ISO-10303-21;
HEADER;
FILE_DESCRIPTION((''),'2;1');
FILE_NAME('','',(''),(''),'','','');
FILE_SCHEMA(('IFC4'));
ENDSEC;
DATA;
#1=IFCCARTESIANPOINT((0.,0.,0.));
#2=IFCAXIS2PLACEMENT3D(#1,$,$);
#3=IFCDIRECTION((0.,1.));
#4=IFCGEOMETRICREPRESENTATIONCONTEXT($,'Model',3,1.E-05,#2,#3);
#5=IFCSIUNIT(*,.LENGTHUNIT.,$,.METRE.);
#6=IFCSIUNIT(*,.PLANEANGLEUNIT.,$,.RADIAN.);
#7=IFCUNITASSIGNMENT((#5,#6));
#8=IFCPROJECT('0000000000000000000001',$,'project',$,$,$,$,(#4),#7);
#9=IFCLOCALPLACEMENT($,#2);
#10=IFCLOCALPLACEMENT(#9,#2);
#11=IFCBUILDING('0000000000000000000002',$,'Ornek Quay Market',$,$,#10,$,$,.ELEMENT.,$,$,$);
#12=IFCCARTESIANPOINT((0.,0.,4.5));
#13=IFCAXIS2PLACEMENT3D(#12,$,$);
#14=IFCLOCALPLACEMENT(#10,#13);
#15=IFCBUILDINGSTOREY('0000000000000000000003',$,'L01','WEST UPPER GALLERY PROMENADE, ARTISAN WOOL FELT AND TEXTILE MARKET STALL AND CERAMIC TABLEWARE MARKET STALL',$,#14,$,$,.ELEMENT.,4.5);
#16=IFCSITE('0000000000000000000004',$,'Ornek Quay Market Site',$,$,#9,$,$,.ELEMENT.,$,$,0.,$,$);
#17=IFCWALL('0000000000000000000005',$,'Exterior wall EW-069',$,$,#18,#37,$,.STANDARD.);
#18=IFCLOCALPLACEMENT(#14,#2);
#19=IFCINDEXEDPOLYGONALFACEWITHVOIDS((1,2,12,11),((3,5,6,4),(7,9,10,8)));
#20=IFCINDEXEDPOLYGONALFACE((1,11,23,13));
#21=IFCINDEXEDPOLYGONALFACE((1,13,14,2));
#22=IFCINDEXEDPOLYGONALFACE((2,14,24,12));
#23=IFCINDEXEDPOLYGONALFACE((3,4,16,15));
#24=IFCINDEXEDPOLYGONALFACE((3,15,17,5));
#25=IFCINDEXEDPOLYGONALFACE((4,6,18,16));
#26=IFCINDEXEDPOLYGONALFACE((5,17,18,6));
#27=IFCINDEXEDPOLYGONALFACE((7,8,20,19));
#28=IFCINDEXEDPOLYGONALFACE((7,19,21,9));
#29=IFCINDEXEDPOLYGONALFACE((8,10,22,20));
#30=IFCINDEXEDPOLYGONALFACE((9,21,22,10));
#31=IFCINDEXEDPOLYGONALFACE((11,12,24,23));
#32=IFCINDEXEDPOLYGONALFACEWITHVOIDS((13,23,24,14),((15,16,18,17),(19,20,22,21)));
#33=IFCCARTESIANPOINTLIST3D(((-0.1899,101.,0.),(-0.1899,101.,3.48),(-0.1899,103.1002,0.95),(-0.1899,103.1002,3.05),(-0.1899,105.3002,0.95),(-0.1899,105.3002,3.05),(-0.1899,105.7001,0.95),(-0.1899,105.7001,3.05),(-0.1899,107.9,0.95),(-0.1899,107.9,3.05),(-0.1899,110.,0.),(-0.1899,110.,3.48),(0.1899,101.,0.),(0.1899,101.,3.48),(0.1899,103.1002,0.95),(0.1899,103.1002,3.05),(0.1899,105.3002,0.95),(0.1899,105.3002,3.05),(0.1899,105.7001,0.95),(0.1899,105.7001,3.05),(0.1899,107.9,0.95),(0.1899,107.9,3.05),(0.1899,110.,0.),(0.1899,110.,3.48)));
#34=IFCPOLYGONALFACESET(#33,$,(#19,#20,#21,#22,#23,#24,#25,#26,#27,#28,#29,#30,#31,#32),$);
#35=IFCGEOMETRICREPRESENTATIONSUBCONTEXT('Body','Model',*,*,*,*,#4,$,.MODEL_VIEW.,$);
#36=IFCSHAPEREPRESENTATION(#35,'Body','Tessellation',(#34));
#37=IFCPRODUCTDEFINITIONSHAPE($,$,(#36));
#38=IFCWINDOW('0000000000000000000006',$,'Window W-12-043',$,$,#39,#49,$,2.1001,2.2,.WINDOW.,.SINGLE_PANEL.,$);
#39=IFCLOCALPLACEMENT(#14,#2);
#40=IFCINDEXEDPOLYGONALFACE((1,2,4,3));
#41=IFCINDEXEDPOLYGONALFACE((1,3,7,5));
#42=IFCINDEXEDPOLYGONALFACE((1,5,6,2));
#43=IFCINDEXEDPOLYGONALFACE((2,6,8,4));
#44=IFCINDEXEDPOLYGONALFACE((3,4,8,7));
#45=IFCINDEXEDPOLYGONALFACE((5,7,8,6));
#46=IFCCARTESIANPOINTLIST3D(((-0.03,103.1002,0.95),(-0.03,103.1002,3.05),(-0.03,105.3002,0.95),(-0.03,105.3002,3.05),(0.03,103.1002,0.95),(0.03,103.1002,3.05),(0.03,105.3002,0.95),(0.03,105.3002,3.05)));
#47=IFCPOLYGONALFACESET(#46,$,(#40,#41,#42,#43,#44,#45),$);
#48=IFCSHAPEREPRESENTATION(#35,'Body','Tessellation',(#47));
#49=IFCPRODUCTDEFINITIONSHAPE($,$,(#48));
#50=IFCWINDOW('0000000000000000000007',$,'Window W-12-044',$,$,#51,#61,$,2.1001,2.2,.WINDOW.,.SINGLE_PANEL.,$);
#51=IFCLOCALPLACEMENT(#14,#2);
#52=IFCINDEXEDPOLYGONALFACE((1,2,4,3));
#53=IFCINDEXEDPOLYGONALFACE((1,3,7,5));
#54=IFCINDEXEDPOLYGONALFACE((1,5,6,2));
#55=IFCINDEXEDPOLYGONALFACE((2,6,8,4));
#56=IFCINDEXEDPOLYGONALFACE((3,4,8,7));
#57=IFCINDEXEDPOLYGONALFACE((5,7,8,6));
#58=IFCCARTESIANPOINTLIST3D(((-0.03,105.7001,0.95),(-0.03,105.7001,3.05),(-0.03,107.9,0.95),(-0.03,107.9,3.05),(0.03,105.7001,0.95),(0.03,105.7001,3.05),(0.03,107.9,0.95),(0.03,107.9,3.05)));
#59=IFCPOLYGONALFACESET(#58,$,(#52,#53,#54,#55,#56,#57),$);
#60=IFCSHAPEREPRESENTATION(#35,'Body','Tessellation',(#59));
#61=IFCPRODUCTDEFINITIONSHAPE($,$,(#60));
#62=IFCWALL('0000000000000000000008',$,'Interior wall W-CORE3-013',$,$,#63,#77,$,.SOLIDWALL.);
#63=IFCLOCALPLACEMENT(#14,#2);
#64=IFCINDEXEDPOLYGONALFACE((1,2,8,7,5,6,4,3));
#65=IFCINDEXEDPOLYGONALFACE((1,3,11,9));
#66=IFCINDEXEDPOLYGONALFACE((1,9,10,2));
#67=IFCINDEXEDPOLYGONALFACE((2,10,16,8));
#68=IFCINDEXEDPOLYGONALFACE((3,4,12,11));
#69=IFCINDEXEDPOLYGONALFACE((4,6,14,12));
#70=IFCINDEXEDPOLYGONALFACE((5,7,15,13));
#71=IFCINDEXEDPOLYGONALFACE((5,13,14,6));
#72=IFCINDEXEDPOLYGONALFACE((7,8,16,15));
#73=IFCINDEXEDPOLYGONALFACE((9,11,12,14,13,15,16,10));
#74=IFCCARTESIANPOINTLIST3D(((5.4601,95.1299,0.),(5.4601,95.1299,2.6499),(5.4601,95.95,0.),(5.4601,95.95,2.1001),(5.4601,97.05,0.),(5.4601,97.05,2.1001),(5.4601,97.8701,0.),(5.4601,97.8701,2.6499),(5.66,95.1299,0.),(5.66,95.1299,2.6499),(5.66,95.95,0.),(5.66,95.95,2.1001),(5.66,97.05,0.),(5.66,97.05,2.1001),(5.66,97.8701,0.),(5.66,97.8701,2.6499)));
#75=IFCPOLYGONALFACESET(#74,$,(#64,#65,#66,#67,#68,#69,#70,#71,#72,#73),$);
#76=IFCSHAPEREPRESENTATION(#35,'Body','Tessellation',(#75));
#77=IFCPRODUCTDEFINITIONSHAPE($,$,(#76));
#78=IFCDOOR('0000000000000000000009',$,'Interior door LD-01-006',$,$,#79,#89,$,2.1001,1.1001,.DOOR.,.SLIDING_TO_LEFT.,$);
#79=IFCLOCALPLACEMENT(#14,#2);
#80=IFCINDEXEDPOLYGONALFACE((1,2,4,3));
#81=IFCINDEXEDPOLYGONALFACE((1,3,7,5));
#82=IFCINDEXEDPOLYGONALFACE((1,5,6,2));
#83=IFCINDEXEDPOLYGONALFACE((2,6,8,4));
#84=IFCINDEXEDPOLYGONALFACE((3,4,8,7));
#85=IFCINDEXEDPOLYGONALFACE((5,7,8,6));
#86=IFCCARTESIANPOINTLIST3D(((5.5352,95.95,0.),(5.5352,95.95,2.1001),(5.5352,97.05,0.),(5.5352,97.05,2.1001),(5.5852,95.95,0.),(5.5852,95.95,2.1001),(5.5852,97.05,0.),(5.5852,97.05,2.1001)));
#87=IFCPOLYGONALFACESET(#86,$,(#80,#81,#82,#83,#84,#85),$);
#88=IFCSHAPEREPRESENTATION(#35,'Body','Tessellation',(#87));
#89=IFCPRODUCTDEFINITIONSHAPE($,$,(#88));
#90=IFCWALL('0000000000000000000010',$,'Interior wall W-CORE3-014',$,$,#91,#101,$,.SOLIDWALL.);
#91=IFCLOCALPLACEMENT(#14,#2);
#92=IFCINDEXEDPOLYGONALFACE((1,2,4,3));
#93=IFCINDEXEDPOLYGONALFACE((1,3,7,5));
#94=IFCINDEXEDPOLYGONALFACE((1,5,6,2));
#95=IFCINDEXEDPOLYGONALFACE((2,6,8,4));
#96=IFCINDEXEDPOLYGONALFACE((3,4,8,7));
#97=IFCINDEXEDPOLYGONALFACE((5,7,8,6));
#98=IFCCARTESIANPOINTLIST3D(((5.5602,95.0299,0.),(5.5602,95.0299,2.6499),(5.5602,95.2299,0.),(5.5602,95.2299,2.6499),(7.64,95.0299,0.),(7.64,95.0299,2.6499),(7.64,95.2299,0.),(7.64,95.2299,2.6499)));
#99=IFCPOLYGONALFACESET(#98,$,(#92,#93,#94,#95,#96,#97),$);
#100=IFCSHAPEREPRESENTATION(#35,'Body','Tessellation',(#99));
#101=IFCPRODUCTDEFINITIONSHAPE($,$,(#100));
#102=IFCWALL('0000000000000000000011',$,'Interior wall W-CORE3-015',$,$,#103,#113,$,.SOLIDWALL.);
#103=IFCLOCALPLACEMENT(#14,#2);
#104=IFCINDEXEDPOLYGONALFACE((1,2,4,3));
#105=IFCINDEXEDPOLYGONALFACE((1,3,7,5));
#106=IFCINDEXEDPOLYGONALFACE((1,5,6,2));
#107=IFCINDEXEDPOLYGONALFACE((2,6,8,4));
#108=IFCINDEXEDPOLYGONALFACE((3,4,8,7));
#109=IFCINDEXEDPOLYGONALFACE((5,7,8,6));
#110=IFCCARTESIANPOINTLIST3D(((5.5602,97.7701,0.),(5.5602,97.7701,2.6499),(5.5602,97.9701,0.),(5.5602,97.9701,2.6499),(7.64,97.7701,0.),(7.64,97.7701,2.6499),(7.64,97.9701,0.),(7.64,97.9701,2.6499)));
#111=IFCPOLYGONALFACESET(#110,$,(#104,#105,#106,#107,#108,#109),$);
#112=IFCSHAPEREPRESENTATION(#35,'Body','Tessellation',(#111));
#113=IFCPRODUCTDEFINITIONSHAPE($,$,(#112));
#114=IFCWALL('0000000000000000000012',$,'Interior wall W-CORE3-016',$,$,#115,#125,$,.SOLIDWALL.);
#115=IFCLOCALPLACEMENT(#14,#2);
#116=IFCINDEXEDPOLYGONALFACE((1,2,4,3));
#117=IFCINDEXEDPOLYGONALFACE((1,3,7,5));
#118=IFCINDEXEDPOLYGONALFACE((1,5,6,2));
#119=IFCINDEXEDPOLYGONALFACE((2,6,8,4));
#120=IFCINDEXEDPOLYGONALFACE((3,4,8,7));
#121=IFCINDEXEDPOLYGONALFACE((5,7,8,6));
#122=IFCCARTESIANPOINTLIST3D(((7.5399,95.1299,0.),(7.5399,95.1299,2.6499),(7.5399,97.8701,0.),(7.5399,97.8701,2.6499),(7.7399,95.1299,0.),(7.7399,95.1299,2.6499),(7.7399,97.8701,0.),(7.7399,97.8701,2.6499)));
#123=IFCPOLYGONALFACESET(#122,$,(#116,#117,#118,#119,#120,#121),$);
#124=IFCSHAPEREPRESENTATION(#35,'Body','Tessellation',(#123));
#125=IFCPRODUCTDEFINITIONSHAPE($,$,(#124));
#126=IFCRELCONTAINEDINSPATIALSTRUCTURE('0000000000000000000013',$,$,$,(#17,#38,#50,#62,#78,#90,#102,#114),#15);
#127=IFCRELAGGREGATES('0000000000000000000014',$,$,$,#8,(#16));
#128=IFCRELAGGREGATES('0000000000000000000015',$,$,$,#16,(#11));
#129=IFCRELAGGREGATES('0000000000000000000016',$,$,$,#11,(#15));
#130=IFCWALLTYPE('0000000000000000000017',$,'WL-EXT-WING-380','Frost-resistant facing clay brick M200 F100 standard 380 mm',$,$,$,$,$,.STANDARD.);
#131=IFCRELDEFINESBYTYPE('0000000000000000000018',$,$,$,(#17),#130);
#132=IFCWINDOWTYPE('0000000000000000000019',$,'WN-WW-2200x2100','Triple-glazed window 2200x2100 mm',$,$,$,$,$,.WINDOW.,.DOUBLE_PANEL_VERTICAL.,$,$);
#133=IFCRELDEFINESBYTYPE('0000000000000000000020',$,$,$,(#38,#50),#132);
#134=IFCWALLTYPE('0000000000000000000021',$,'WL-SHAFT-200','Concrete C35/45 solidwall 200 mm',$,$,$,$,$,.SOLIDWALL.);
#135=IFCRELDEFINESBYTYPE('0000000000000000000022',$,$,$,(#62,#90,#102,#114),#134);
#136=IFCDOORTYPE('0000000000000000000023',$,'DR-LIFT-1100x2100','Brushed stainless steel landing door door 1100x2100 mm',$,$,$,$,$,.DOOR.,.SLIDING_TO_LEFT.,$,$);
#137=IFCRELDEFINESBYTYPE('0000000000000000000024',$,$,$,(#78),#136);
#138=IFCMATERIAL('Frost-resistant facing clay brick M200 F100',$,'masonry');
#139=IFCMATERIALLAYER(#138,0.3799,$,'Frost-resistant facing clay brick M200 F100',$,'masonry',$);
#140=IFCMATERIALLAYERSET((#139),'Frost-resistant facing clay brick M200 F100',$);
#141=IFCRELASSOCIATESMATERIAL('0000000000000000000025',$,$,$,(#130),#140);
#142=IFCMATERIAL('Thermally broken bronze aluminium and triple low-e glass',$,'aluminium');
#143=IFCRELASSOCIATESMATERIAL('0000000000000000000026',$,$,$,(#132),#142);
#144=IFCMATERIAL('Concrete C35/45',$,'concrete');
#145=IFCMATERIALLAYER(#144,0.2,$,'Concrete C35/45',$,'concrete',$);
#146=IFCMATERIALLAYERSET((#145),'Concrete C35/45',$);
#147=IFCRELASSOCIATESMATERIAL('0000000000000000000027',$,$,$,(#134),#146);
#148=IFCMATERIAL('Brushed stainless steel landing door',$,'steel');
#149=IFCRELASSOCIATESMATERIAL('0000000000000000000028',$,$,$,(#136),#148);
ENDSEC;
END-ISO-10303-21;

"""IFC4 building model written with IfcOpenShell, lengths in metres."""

from ifc_helpers import new_model, si_unit, direction, frame, frame_2d, origin, place, context, subcontext, project, spatial, rectangle, extrude, material, layer, layer_set, type_object, element, fill, save


model = new_model("IFC4")

# Units and contexts
model_context = context("Model", 3, precision=1e-05, world=origin(), true_north=direction((0.0, 1.0)))
body_context = subcontext(model_context, "Body", "Model", "MODEL_VIEW")
ifc_project = project(units=[si_unit("LENGTHUNIT", "METRE"), si_unit("PLANEANGLEUNIT", "RADIAN")], contexts=[model_context])

# Site, building, storey
site_placement = place(None, origin())
site = spatial("IfcSite", under=ifc_project, at=site_placement, Name="Ornek Quay Market Site", CompositionType="ELEMENT", RefElevation=0.0)
building_placement = place(site_placement, origin())
building = spatial("IfcBuilding", under=site, at=building_placement, Name="Ornek Quay Market", CompositionType="ELEMENT")
storey_placement = place(building_placement, frame((0.0, 0.0, 4.5)))
storey = spatial("IfcBuildingStorey", under=building, at=storey_placement, Name="L01", Description="WEST UPPER GALLERY PROMENADE, ARTISAN WOOL FELT AND TEXTILE MARKET STALL AND CERAMIC TABLEWARE MARKET STALL", CompositionType="ELEMENT", Elevation=4.5)

# Shared definitions
ifc_material_1 = material(Name="Concrete C35/45", Category="concrete")

# Shared definitions
ifc_material_2 = material(Name="Frost-resistant facing clay brick M200 F100", Category="masonry")
ifc_layer_1 = layer(ifc_material_2, 0.3799, Name="Frost-resistant facing clay brick M200 F100", Category="masonry")
ifc_layer_set_1 = layer_set([ifc_layer_1], Name="Frost-resistant facing clay brick M200 F100")
wall_type_1 = type_object("IfcWallType", Name="WL-EXT-WING-380", Description="Frost-resistant facing clay brick M200 F100 standard 380 mm", PredefinedType="STANDARD", material=ifc_layer_set_1)
ifc_material_3 = material(Name="Thermally broken bronze aluminium and triple low-e glass", Category="aluminium")

# Wall, openings, windows
wall_1_placement = place(storey_placement, frame((0.0, 101.0, 0.0), z_axis=(0.0, 0.0, 1.0), x_axis=(0.0, 1.0, 0.0)))
wall_1 = element("IfcWall", 1, at=wall_1_placement, inside=storey, type_object=wall_type_1, Name="Exterior wall EW-069", PredefinedType="STANDARD", context=body_context, shape_type="SweptSolid", body=[
    extrude(rectangle(XDim=9.0, YDim=0.3799, at=frame_2d((4.5, 0.0))), origin(), (0.0, 0.0, 1.0), 3.48),
])
opening_1_placement = place(wall_1_placement, frame((2.1001, 0.0, 0.95)))
opening_1 = element("IfcOpeningElement", 2, at=opening_1_placement, cuts=wall_1, PredefinedType="OPENING", context=body_context, shape_type="SweptSolid", body=[
    extrude(rectangle(XDim=2.2, YDim=2.1001, at=frame_2d((1.1001, 1.05))), frame((0.0, 0.2, 0.0), z_axis=(0.0, -1.0, 0.0), x_axis=(1.0, 0.0, 0.0)), (0.0, 0.0, 1.0), 0.3999),
])
opening_2_placement = place(wall_1_placement, frame((4.7, 0.0, 0.95)))
opening_2 = element("IfcOpeningElement", 3, at=opening_2_placement, cuts=wall_1, PredefinedType="OPENING", context=body_context, shape_type="SweptSolid", body=[
    extrude(rectangle(XDim=2.2, YDim=2.1001, at=frame_2d((1.1001, 1.05))), frame((0.0, 0.2, 0.0), z_axis=(0.0, -1.0, 0.0), x_axis=(1.0, 0.0, 0.0)), (0.0, 0.0, 1.0), 0.3999),
])
window_type_1 = type_object("IfcWindowType", Name="WN-WW-2200x2100", Description="Triple-glazed window 2200x2100 mm", PartitioningType="DOUBLE_PANEL_VERTICAL", PredefinedType="WINDOW", material=ifc_material_3)
window_1_placement = place(opening_1_placement, origin())
window_1 = element("IfcWindow", 4, at=window_1_placement, inside=storey, type_object=window_type_1, Name="Window W-12-043", OverallHeight=2.1001, OverallWidth=2.2, PartitioningType="SINGLE_PANEL", PredefinedType="WINDOW", context=body_context, shape_type="SweptSolid", body=[
    extrude(rectangle(XDim=2.2, YDim=2.1001, at=frame_2d((1.1001, 1.05))), frame((0.0, 0.03, 0.0), z_axis=(0.0, -1.0, 0.0), x_axis=(1.0, 0.0, 0.0)), (0.0, 0.0, 1.0), 0.0601),
])
fill(opening_1, window_1)
window_2_placement = place(opening_2_placement, origin())
window_2 = element("IfcWindow", 5, at=window_2_placement, inside=storey, type_object=window_type_1, Name="Window W-12-044", OverallHeight=2.1001, OverallWidth=2.2, PartitioningType="SINGLE_PANEL", PredefinedType="WINDOW", context=body_context, shape_type="SweptSolid", body=[
    extrude(rectangle(XDim=2.2, YDim=2.1001, at=frame_2d((1.1001, 1.05))), frame((0.0, 0.03, 0.0), z_axis=(0.0, -1.0, 0.0), x_axis=(1.0, 0.0, 0.0)), (0.0, 0.0, 1.0), 0.0601),
])
fill(opening_2, window_2)

# Wall, opening, door
ifc_layer_2 = layer(ifc_material_1, 0.2, Name="Concrete C35/45", Category="concrete")
ifc_layer_set_2 = layer_set([ifc_layer_2], Name="Concrete C35/45")
wall_type_2 = type_object("IfcWallType", Name="WL-SHAFT-200", Description="Concrete C35/45 solidwall 200 mm", PredefinedType="SOLIDWALL", material=ifc_layer_set_2)
wall_2_placement = place(storey_placement, frame((5.5601, 95.1299, 0.0), z_axis=(0.0, 0.0, 1.0), x_axis=(0.0, 1.0, 0.0)))
wall_2 = element("IfcWall", 6, at=wall_2_placement, inside=storey, type_object=wall_type_2, Name="Interior wall W-CORE3-013", PredefinedType="SOLIDWALL", context=body_context, shape_type="SweptSolid", body=[
    extrude(rectangle(XDim=2.7402, YDim=0.2, at=frame_2d((1.3701, 0.0))), origin(), (0.0, 0.0, 1.0), 2.6499),
])
opening_3_placement = place(wall_2_placement, frame((0.8201, 0.0, 0.0)))
opening_3 = element("IfcOpeningElement", 7, at=opening_3_placement, cuts=wall_2, PredefinedType="OPENING", context=body_context, shape_type="SweptSolid", body=[
    extrude(rectangle(XDim=1.1001, YDim=2.1001, at=frame_2d((0.55, 1.05))), frame((0.0, 0.1099, 0.0), z_axis=(0.0, -1.0, 0.0), x_axis=(1.0, 0.0, 0.0)), (0.0, 0.0, 1.0), 0.22),
])
ifc_material_4 = material(Name="Brushed stainless steel landing door", Category="steel")
door_type_1 = type_object("IfcDoorType", Name="DR-LIFT-1100x2100", Description="Brushed stainless steel landing door door 1100x2100 mm", OperationType="SLIDING_TO_LEFT", PredefinedType="DOOR", material=ifc_material_4)
door_1_placement = place(opening_3_placement, origin())
door_1 = element("IfcDoor", 8, at=door_1_placement, inside=storey, type_object=door_type_1, Name="Interior door LD-01-006", OperationType="SLIDING_TO_LEFT", OverallHeight=2.1001, OverallWidth=1.1001, PredefinedType="DOOR", context=body_context, shape_type="SweptSolid", body=[
    extrude(rectangle(XDim=1.1001, YDim=2.1001, at=frame_2d((0.55, 1.05))), frame((0.0, 0.0249, 0.0), z_axis=(0.0, -1.0, 0.0), x_axis=(1.0, 0.0, 0.0)), (0.0, 0.0, 1.0), 0.05),
])
fill(opening_3, door_1)

# Walls
for number, where, z_axis, x_axis, name in (
    (9, (5.5601, 95.1299, 0.0), (0.0, 0.0, 1.0), (1.0, 0.0, 0.0), "Interior wall W-CORE3-014"),
    (10, (5.5601, 97.8701, 0.0), (0.0, 0.0, 1.0), (1.0, 0.0, 0.0), "Interior wall W-CORE3-015"),
):
    element("IfcWall", number, at=place(storey_placement, frame(where, z_axis=z_axis, x_axis=x_axis)), inside=storey, type_object=wall_type_2, Name=name, PredefinedType="SOLIDWALL", context=body_context, shape_type="SweptSolid", body=[
        extrude(rectangle(XDim=2.0798, YDim=0.2, at=frame_2d((1.04, 0.0))), origin(), (0.0, 0.0, 1.0), 2.6499),
    ])
wall_3_placement = place(storey_placement, frame((7.6399, 95.1299, 0.0), z_axis=(0.0, 0.0, 1.0), x_axis=(0.0, 1.0, 0.0)))
element("IfcWall", 11, at=wall_3_placement, inside=storey, type_object=wall_type_2, Name="Interior wall W-CORE3-016", PredefinedType="SOLIDWALL", context=body_context, shape_type="SweptSolid", body=[
    extrude(rectangle(XDim=2.7402, YDim=0.2, at=frame_2d((1.3701, 0.0))), origin(), (0.0, 0.0, 1.0), 2.6499),
])

save(model, "model.ifc")
